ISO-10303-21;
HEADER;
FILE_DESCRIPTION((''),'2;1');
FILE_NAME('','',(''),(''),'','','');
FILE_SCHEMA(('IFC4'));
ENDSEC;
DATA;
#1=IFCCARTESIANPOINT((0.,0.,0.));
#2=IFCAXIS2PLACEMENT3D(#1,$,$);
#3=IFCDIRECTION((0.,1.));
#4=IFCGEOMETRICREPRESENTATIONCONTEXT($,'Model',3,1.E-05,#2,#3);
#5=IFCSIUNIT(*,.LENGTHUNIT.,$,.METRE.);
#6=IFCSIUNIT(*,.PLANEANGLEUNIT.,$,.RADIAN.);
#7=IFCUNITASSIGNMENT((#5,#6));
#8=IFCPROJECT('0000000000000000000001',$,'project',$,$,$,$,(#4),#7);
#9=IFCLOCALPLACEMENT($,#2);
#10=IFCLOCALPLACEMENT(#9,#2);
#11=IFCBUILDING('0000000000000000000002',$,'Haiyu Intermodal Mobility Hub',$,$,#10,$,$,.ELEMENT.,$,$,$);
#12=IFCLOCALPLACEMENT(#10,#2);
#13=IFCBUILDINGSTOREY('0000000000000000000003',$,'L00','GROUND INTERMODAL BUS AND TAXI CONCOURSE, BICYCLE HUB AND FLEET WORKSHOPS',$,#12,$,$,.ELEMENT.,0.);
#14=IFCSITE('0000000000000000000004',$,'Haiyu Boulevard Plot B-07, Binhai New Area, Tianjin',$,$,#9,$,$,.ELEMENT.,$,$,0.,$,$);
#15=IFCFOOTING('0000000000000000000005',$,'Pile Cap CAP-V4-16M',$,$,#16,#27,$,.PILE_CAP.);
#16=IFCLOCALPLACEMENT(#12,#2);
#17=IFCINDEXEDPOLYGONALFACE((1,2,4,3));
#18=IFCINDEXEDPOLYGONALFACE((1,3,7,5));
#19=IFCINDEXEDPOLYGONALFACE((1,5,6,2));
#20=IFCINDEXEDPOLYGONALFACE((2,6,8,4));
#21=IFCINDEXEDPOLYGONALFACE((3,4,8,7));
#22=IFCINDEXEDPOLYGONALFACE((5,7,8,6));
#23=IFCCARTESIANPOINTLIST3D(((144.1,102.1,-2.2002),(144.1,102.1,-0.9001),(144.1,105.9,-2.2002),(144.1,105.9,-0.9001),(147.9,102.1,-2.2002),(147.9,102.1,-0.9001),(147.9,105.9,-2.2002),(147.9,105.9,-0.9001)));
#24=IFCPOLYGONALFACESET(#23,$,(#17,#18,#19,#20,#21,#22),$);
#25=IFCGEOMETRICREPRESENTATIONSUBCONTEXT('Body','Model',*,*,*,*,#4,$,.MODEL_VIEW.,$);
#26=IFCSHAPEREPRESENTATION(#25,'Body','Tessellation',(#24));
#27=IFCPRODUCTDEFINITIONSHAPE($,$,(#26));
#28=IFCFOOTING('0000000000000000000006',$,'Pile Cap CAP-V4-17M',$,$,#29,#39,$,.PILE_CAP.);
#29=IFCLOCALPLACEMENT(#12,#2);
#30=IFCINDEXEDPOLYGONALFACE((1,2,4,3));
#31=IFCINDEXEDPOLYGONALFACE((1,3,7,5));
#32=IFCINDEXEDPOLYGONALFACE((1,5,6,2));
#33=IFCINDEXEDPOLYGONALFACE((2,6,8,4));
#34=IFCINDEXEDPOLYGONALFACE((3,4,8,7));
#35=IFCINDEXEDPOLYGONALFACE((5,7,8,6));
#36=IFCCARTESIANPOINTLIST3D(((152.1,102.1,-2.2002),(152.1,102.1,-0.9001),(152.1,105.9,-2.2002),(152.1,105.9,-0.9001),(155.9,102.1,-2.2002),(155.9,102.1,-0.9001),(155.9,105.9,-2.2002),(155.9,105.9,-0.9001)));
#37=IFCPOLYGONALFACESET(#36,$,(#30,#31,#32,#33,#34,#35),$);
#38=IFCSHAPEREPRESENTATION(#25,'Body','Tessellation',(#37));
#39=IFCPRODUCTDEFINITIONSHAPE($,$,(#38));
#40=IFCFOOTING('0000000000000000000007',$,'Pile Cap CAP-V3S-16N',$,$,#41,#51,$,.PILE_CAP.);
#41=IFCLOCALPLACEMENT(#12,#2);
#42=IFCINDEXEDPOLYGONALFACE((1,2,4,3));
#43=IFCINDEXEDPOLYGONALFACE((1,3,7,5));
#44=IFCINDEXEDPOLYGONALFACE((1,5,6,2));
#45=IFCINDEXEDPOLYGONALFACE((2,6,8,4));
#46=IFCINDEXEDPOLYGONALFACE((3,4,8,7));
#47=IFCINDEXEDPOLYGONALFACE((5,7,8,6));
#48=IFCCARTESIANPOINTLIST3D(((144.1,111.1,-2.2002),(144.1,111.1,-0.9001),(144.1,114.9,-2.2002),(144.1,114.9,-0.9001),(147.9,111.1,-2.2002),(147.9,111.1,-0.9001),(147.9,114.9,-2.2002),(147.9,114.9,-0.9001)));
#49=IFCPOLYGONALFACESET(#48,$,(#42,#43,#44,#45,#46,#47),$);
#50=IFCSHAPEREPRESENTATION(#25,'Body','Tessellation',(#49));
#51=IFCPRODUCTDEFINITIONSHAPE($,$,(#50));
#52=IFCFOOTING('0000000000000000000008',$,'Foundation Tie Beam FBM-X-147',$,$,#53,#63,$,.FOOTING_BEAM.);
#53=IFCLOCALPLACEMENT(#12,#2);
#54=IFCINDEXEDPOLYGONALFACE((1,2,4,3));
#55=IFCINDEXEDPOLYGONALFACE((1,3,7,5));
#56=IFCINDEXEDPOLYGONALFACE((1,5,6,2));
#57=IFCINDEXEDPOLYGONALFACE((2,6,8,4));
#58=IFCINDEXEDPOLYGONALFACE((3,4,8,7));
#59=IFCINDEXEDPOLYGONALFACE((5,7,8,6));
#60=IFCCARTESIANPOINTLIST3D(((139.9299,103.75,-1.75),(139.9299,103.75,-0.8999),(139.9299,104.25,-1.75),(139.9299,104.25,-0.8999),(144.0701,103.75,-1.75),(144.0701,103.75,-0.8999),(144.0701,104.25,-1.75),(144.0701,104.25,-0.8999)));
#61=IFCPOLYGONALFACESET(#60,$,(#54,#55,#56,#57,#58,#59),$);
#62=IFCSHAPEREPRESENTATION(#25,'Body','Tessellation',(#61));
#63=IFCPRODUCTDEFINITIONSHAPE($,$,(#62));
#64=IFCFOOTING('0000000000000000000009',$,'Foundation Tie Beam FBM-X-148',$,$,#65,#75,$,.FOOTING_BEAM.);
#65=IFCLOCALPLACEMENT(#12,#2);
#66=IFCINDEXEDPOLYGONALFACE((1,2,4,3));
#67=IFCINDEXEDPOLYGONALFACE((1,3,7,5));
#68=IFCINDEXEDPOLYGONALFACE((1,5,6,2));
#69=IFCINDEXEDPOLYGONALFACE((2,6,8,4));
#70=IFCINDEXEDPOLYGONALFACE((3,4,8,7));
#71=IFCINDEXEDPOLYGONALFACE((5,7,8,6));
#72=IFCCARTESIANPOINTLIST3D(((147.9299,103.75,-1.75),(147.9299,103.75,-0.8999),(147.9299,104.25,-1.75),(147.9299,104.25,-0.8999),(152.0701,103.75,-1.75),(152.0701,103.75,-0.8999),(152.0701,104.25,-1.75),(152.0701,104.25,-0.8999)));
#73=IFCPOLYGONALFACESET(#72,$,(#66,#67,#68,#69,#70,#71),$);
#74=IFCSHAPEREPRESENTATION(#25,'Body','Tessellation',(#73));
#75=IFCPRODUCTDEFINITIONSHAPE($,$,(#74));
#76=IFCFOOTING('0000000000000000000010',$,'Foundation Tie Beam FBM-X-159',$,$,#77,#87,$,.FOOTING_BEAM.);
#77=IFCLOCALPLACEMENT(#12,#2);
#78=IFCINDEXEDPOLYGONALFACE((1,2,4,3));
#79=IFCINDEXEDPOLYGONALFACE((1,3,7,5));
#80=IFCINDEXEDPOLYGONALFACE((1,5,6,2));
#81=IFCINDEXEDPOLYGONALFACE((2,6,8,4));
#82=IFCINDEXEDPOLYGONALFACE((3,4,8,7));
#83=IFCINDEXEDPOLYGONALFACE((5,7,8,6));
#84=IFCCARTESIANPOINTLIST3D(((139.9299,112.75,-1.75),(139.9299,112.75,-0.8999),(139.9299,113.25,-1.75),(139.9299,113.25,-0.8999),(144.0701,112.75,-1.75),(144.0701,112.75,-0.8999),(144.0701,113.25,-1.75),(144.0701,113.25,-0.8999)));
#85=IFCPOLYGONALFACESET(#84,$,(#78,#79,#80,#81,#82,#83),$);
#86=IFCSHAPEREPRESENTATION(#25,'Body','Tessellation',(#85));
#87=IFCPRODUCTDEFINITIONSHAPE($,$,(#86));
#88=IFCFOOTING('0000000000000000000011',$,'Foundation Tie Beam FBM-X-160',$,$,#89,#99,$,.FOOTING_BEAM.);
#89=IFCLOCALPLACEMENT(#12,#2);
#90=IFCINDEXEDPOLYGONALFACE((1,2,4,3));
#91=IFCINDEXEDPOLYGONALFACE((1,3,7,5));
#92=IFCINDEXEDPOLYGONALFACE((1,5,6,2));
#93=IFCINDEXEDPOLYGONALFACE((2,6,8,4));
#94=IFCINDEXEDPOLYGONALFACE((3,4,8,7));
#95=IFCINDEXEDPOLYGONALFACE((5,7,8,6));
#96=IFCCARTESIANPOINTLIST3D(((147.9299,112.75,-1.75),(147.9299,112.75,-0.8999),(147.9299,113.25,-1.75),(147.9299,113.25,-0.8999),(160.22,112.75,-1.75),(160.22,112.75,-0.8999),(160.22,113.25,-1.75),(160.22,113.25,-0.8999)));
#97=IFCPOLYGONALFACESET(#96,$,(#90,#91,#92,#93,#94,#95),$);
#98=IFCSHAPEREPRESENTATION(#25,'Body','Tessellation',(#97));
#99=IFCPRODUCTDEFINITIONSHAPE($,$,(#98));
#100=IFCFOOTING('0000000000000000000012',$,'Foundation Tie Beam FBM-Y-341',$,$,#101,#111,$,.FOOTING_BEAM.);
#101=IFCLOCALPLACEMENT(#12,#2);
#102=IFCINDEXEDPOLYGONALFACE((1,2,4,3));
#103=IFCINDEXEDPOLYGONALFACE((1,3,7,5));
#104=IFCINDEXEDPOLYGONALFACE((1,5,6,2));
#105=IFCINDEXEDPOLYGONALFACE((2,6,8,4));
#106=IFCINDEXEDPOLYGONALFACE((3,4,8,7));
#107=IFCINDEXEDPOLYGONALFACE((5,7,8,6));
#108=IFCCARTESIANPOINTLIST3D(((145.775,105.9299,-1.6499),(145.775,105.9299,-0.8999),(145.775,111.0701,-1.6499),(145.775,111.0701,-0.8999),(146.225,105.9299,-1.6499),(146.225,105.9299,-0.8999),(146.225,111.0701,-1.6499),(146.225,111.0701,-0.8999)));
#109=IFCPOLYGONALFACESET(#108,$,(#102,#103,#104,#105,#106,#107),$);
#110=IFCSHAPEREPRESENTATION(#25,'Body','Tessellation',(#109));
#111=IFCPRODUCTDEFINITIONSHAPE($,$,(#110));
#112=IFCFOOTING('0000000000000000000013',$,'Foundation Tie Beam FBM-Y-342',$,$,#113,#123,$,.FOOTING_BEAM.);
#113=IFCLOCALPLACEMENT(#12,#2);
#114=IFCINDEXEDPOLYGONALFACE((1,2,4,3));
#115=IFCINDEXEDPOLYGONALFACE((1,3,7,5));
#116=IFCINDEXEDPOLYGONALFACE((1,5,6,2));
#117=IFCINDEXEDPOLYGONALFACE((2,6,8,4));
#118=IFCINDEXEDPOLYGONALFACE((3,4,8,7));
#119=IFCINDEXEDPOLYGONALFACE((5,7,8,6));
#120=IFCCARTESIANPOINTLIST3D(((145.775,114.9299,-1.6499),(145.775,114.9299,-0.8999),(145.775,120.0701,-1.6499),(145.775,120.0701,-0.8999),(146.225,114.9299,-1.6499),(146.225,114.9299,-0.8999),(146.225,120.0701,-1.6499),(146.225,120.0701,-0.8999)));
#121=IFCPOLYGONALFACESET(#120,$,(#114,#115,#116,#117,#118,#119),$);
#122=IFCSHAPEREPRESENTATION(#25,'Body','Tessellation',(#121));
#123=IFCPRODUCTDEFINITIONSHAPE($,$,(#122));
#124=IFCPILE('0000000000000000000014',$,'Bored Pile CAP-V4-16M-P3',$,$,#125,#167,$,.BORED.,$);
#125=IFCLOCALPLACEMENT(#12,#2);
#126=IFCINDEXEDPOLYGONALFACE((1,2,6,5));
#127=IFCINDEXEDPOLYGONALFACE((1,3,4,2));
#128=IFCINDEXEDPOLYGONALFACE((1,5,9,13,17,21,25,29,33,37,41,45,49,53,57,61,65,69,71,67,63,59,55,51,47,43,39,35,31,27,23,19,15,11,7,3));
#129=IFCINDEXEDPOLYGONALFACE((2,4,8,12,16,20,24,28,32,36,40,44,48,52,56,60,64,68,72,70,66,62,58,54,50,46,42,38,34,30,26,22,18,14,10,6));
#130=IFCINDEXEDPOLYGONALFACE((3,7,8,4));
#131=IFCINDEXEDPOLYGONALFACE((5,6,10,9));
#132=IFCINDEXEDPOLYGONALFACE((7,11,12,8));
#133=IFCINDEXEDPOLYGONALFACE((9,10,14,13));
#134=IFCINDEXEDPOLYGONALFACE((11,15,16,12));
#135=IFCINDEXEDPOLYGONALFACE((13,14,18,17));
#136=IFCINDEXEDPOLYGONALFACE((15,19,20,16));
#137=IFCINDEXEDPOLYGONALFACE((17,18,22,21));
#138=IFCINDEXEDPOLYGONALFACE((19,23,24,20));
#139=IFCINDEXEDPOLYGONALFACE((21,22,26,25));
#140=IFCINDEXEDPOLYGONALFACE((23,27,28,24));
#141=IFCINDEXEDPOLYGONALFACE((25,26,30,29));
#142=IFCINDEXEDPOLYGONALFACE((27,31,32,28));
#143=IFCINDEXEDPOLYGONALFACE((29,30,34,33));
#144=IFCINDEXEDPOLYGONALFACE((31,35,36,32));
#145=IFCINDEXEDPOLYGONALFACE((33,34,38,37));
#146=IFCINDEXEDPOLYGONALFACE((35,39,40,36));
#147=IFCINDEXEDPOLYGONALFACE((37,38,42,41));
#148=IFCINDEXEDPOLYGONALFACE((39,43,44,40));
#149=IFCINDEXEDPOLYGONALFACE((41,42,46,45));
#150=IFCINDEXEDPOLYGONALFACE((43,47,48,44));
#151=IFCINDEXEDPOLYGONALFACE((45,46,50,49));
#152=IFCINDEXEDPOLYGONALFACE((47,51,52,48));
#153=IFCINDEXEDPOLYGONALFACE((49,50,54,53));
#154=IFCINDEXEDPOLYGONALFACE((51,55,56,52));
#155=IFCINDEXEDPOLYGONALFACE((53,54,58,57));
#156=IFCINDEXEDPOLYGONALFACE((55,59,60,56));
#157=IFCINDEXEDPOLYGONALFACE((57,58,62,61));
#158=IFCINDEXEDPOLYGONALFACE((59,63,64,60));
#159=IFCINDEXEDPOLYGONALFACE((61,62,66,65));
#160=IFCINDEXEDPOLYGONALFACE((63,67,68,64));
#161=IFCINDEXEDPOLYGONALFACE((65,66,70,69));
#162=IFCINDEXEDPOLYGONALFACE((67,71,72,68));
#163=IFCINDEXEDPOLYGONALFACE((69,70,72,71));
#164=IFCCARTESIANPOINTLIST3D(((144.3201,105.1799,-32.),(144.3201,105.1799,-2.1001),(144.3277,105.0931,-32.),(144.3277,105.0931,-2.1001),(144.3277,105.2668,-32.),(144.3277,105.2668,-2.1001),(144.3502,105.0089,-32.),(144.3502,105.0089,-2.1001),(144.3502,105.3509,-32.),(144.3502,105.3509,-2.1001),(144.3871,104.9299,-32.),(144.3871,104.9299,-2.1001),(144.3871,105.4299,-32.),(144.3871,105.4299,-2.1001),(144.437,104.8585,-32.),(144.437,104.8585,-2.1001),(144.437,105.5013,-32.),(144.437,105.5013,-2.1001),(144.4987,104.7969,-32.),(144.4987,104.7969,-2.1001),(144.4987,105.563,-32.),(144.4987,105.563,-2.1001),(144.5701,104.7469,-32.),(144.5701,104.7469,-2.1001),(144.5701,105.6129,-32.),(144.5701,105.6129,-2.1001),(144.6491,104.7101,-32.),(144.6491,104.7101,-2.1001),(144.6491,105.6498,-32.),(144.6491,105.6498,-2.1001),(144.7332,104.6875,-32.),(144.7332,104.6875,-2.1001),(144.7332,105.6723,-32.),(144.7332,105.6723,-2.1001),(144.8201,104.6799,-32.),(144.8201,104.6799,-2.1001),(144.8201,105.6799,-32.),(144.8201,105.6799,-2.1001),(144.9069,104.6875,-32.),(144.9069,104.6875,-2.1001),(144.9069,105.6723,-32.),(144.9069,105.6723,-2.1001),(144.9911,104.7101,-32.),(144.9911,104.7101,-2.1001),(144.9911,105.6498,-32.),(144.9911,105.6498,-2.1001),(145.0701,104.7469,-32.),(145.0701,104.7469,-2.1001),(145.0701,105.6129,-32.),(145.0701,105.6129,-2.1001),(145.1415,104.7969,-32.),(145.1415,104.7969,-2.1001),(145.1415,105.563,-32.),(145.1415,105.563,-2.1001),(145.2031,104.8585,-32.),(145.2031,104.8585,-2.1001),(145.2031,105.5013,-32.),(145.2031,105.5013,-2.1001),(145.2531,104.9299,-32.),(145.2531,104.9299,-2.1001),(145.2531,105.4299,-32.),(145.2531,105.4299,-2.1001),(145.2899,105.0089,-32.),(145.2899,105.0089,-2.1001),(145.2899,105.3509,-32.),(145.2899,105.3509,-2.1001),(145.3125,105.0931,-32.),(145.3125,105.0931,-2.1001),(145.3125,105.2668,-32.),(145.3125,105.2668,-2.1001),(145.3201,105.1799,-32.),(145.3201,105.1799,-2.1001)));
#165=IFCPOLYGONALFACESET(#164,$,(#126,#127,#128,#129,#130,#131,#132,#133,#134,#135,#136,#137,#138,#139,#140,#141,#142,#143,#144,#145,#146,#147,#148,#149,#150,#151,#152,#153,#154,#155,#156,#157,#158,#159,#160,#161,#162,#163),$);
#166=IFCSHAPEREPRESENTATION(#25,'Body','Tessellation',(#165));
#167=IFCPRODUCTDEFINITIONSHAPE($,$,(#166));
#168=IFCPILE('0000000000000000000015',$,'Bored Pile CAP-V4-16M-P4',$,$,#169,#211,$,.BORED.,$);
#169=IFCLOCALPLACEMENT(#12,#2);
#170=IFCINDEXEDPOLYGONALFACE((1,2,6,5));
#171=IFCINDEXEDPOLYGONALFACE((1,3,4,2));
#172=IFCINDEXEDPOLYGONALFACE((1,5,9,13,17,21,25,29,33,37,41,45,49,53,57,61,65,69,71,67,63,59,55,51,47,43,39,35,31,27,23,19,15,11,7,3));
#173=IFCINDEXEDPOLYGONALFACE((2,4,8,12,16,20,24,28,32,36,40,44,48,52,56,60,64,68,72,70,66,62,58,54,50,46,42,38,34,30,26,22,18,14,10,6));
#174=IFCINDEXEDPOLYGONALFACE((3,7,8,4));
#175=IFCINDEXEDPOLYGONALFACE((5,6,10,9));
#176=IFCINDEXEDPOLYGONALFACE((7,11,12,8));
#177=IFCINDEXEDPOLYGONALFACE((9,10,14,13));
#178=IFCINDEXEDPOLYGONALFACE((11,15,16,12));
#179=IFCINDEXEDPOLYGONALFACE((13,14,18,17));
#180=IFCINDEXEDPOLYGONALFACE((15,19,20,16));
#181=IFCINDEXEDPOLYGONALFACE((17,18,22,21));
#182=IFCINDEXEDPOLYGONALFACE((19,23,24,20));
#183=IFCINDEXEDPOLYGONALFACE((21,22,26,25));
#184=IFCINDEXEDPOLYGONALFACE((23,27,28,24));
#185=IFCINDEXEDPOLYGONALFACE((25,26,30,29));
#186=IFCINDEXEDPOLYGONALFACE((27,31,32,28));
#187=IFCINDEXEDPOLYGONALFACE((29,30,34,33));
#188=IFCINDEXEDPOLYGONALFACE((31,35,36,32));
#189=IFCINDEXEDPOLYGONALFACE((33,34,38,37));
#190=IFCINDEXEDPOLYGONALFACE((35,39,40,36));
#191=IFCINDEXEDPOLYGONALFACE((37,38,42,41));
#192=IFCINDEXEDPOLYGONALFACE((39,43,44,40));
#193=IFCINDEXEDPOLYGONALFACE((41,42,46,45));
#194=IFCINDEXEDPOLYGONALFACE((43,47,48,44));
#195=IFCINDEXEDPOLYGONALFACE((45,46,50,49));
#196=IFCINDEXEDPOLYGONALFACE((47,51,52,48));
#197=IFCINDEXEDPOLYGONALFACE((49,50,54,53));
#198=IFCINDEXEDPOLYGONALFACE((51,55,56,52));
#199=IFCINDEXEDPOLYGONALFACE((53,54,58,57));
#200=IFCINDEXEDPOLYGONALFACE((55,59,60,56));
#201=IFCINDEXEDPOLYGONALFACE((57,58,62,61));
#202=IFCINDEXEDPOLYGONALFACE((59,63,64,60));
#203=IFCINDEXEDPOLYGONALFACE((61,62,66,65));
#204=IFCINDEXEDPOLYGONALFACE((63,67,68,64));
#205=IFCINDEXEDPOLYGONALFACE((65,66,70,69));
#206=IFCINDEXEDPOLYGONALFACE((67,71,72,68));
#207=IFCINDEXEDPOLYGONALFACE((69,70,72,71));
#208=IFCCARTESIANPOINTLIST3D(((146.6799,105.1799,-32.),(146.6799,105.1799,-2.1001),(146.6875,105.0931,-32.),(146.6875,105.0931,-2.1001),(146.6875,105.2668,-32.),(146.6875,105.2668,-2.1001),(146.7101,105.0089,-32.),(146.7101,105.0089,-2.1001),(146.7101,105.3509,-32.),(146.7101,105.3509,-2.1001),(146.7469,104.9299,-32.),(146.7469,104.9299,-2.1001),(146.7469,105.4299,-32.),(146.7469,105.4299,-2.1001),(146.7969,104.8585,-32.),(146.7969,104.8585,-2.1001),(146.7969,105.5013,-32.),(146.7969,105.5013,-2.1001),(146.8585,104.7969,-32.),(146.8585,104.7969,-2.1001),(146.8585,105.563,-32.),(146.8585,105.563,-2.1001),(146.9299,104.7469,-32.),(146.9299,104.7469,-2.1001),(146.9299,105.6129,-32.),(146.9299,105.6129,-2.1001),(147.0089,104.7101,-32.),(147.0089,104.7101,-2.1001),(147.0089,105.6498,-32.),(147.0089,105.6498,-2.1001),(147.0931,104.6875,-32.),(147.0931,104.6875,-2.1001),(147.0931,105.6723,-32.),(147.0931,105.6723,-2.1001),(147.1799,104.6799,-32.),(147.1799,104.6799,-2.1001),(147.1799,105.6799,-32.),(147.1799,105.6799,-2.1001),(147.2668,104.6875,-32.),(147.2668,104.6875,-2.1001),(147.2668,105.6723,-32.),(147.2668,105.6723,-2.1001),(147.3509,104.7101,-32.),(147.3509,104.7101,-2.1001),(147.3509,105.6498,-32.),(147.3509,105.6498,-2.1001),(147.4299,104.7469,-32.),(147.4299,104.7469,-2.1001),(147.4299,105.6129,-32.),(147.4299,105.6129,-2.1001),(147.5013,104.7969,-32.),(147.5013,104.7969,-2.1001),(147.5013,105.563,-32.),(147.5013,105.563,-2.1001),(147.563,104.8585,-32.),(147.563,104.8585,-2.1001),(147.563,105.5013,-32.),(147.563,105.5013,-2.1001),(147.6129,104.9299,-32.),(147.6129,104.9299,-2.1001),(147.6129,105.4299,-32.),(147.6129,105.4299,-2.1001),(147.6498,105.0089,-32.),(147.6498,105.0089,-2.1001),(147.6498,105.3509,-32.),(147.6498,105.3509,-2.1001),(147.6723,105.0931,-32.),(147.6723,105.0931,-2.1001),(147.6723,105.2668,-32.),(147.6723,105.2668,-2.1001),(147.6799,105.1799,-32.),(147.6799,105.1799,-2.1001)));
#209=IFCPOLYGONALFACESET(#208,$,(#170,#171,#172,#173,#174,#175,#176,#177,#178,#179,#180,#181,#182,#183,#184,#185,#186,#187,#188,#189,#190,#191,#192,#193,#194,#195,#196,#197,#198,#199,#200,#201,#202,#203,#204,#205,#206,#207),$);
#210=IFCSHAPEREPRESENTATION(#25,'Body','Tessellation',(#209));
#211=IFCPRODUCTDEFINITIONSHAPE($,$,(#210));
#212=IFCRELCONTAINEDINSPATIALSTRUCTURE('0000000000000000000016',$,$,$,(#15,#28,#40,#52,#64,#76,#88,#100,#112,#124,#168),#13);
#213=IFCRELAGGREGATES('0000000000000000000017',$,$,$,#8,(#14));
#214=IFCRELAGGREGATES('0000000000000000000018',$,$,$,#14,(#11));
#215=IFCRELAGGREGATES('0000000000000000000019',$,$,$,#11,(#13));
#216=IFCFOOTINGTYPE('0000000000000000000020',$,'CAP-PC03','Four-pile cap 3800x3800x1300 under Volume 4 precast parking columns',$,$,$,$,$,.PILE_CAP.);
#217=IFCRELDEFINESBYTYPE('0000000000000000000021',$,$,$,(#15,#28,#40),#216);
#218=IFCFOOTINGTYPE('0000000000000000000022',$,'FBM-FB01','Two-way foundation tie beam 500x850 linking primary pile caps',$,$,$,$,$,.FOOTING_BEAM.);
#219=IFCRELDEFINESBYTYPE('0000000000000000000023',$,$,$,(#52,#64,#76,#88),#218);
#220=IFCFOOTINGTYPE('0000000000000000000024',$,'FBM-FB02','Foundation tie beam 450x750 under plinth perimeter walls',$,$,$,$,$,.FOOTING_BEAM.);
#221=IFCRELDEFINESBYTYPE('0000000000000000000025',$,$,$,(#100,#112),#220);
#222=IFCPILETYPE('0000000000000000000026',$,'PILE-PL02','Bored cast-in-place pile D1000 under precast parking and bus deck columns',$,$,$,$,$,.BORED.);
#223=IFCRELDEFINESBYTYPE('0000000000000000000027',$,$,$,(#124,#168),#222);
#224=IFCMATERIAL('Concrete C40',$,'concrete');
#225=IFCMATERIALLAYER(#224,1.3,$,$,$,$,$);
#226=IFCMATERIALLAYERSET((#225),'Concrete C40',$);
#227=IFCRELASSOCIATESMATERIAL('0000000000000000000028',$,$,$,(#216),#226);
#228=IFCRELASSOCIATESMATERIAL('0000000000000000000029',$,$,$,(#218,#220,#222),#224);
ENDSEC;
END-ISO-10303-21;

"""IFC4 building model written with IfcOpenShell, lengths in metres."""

from ifc_helpers import new_model, si_unit, direction, frame, origin, origin_2d, place, context, subcontext, project, spatial, rectangle, circle, extrude, material, layer, layer_set, material_profile, profile_set, type_object, element, save


model = new_model("IFC4")

# Units and contexts
model_context = context("Model", 3, precision=1e-05, world=origin(), true_north=direction((0.0, 1.0)))
body_context = subcontext(model_context, "Body", "Model", "MODEL_VIEW")
ifc_project = project(units=[si_unit("LENGTHUNIT", "METRE"), si_unit("PLANEANGLEUNIT", "RADIAN")], contexts=[model_context])

# Site, building, storey
site_placement = place(None, origin())
site = spatial("IfcSite", under=ifc_project, at=site_placement, Name="Haiyu Boulevard Plot B-07, Binhai New Area, Tianjin", CompositionType="ELEMENT", RefElevation=0.0)
building_placement = place(site_placement, origin())
building = spatial("IfcBuilding", under=site, at=building_placement, Name="Haiyu Intermodal Mobility Hub", CompositionType="ELEMENT")
storey_placement = place(building_placement, origin())
storey = spatial("IfcBuildingStorey", under=building, at=storey_placement, Name="L00", Description="GROUND INTERMODAL BUS AND TAXI CONCOURSE, BICYCLE HUB AND FLEET WORKSHOPS", CompositionType="ELEMENT", Elevation=0.0)

# Footings
ifc_material_1 = material(Name="Concrete C40", Category="concrete")
ifc_layer_1 = layer(ifc_material_1, 1.3)
ifc_layer_set_1 = layer_set([ifc_layer_1], Name="Concrete C40")
footing_type_1 = type_object("IfcFootingType", Name="CAP-PC03", Description="Four-pile cap 3800x3800x1300 under Volume 4 precast parking columns", PredefinedType="PILE_CAP", material=ifc_layer_set_1)
for number, where, z_axis, x_axis, name in (
    (1, (146.0, 104.0, -2.2002), (0.0, 0.0, 1.0), (1.0, 0.0, 0.0), "Pile Cap CAP-V4-16M"),
    (2, (154.0, 104.0, -2.2002), (0.0, 0.0, 1.0), (1.0, 0.0, 0.0), "Pile Cap CAP-V4-17M"),
    (3, (146.0, 113.0, -2.2002), (0.0, 0.0, 1.0), (1.0, 0.0, 0.0), "Pile Cap CAP-V3S-16N"),
):
    element("IfcFooting", number, at=place(storey_placement, frame(where, z_axis=z_axis, x_axis=x_axis)), inside=storey, type_object=footing_type_1, Name=name, PredefinedType="PILE_CAP", context=body_context, shape_type="SweptSolid", body=[
        extrude(rectangle(XDim=3.8, YDim=3.8, at=origin_2d()), origin(), (0.0, 0.0, 1.0), 1.3),
    ])
ifc_material_profile_1 = material_profile(ifc_material_1, rectangle(XDim=0.5, YDim=0.8501, at=origin_2d()), Name="FB500x850")
ifc_profile_set_1 = profile_set([ifc_material_profile_1], Name="Concrete C40")
footing_type_2 = type_object("IfcFootingType", Name="FBM-FB01", Description="Two-way foundation tie beam 500x850 linking primary pile caps", PredefinedType="FOOTING_BEAM", material=ifc_profile_set_1)
for number, where, z_axis, x_axis, name in (
    (4, (139.9299, 104.0, -1.325), (1.0, 0.0, 0.0), (0.0, 1.0, 0.0), "Foundation Tie Beam FBM-X-147"),
    (5, (147.9299, 104.0, -1.325), (1.0, 0.0, 0.0), (0.0, 1.0, 0.0), "Foundation Tie Beam FBM-X-148"),
    (6, (139.9299, 113.0, -1.325), (1.0, 0.0, 0.0), (0.0, 1.0, 0.0), "Foundation Tie Beam FBM-X-159"),
):
    element("IfcFooting", number, at=place(storey_placement, frame(where, z_axis=z_axis, x_axis=x_axis)), inside=storey, type_object=footing_type_2, Name=name, PredefinedType="FOOTING_BEAM", context=body_context, shape_type="SweptSolid", body=[
        extrude(rectangle(XDim=0.5, YDim=0.8501, at=origin_2d()), origin(), (0.0, 0.0, 1.0), 4.1401),
    ])
footing_placement = place(storey_placement, frame((147.9299, 113.0, -1.325), z_axis=(1.0, 0.0, 0.0), x_axis=(0.0, 1.0, 0.0)))
element("IfcFooting", 7, at=footing_placement, inside=storey, type_object=footing_type_2, Name="Foundation Tie Beam FBM-X-160", PredefinedType="FOOTING_BEAM", context=body_context, shape_type="SweptSolid", body=[
    extrude(rectangle(XDim=0.5, YDim=0.8501, at=origin_2d()), origin(), (0.0, 0.0, 1.0), 12.29),
])
ifc_material_profile_2 = material_profile(ifc_material_1, rectangle(XDim=0.45, YDim=0.75, at=origin_2d()), Name="FB450x750")
ifc_profile_set_2 = profile_set([ifc_material_profile_2], Name="Concrete C40")
footing_type_3 = type_object("IfcFootingType", Name="FBM-FB02", Description="Foundation tie beam 450x750 under plinth perimeter walls", PredefinedType="FOOTING_BEAM", material=ifc_profile_set_2)
for number, where, z_axis, x_axis, name in (
    (8, (146.0, 105.9299, -1.2749), (0.0, 1.0, 0.0), (-1.0, 0.0, 0.0), "Foundation Tie Beam FBM-Y-341"),
    (9, (146.0, 114.9299, -1.2749), (0.0, 1.0, 0.0), (-1.0, 0.0, 0.0), "Foundation Tie Beam FBM-Y-342"),
):
    element("IfcFooting", number, at=place(storey_placement, frame(where, z_axis=z_axis, x_axis=x_axis)), inside=storey, type_object=footing_type_3, Name=name, PredefinedType="FOOTING_BEAM", context=body_context, shape_type="SweptSolid", body=[
        extrude(rectangle(XDim=0.45, YDim=0.75, at=origin_2d()), origin(), (0.0, 0.0, 1.0), 5.1401),
    ])

# Piles
ifc_material_profile_3 = material_profile(ifc_material_1, circle(Radius=0.5, at=origin_2d()), Name="PILE-D1000")
ifc_profile_set_3 = profile_set([ifc_material_profile_3], Name="Concrete C40")
pile_type = type_object("IfcPileType", Name="PILE-PL02", Description="Bored cast-in-place pile D1000 under precast parking and bus deck columns", PredefinedType="BORED", material=ifc_profile_set_3)
for number, where, z_axis, x_axis, name in (
    (10, (144.8201, 105.1799, -2.1001), (0.0, 0.0, -1.0), (1.0, 0.0, 0.0), "Bored Pile CAP-V4-16M-P3"),
    (11, (147.1799, 105.1799, -2.1001), (0.0, 0.0, -1.0), (1.0, 0.0, 0.0), "Bored Pile CAP-V4-16M-P4"),
):
    element("IfcPile", number, at=place(storey_placement, frame(where, z_axis=z_axis, x_axis=x_axis)), inside=storey, type_object=pile_type, Name=name, PredefinedType="BORED", context=body_context, shape_type="SweptSolid", body=[
        extrude(circle(Radius=0.5, at=origin_2d()), origin(), (0.0, 0.0, 1.0), 29.8999),
    ])

save(model, "model.ifc")
